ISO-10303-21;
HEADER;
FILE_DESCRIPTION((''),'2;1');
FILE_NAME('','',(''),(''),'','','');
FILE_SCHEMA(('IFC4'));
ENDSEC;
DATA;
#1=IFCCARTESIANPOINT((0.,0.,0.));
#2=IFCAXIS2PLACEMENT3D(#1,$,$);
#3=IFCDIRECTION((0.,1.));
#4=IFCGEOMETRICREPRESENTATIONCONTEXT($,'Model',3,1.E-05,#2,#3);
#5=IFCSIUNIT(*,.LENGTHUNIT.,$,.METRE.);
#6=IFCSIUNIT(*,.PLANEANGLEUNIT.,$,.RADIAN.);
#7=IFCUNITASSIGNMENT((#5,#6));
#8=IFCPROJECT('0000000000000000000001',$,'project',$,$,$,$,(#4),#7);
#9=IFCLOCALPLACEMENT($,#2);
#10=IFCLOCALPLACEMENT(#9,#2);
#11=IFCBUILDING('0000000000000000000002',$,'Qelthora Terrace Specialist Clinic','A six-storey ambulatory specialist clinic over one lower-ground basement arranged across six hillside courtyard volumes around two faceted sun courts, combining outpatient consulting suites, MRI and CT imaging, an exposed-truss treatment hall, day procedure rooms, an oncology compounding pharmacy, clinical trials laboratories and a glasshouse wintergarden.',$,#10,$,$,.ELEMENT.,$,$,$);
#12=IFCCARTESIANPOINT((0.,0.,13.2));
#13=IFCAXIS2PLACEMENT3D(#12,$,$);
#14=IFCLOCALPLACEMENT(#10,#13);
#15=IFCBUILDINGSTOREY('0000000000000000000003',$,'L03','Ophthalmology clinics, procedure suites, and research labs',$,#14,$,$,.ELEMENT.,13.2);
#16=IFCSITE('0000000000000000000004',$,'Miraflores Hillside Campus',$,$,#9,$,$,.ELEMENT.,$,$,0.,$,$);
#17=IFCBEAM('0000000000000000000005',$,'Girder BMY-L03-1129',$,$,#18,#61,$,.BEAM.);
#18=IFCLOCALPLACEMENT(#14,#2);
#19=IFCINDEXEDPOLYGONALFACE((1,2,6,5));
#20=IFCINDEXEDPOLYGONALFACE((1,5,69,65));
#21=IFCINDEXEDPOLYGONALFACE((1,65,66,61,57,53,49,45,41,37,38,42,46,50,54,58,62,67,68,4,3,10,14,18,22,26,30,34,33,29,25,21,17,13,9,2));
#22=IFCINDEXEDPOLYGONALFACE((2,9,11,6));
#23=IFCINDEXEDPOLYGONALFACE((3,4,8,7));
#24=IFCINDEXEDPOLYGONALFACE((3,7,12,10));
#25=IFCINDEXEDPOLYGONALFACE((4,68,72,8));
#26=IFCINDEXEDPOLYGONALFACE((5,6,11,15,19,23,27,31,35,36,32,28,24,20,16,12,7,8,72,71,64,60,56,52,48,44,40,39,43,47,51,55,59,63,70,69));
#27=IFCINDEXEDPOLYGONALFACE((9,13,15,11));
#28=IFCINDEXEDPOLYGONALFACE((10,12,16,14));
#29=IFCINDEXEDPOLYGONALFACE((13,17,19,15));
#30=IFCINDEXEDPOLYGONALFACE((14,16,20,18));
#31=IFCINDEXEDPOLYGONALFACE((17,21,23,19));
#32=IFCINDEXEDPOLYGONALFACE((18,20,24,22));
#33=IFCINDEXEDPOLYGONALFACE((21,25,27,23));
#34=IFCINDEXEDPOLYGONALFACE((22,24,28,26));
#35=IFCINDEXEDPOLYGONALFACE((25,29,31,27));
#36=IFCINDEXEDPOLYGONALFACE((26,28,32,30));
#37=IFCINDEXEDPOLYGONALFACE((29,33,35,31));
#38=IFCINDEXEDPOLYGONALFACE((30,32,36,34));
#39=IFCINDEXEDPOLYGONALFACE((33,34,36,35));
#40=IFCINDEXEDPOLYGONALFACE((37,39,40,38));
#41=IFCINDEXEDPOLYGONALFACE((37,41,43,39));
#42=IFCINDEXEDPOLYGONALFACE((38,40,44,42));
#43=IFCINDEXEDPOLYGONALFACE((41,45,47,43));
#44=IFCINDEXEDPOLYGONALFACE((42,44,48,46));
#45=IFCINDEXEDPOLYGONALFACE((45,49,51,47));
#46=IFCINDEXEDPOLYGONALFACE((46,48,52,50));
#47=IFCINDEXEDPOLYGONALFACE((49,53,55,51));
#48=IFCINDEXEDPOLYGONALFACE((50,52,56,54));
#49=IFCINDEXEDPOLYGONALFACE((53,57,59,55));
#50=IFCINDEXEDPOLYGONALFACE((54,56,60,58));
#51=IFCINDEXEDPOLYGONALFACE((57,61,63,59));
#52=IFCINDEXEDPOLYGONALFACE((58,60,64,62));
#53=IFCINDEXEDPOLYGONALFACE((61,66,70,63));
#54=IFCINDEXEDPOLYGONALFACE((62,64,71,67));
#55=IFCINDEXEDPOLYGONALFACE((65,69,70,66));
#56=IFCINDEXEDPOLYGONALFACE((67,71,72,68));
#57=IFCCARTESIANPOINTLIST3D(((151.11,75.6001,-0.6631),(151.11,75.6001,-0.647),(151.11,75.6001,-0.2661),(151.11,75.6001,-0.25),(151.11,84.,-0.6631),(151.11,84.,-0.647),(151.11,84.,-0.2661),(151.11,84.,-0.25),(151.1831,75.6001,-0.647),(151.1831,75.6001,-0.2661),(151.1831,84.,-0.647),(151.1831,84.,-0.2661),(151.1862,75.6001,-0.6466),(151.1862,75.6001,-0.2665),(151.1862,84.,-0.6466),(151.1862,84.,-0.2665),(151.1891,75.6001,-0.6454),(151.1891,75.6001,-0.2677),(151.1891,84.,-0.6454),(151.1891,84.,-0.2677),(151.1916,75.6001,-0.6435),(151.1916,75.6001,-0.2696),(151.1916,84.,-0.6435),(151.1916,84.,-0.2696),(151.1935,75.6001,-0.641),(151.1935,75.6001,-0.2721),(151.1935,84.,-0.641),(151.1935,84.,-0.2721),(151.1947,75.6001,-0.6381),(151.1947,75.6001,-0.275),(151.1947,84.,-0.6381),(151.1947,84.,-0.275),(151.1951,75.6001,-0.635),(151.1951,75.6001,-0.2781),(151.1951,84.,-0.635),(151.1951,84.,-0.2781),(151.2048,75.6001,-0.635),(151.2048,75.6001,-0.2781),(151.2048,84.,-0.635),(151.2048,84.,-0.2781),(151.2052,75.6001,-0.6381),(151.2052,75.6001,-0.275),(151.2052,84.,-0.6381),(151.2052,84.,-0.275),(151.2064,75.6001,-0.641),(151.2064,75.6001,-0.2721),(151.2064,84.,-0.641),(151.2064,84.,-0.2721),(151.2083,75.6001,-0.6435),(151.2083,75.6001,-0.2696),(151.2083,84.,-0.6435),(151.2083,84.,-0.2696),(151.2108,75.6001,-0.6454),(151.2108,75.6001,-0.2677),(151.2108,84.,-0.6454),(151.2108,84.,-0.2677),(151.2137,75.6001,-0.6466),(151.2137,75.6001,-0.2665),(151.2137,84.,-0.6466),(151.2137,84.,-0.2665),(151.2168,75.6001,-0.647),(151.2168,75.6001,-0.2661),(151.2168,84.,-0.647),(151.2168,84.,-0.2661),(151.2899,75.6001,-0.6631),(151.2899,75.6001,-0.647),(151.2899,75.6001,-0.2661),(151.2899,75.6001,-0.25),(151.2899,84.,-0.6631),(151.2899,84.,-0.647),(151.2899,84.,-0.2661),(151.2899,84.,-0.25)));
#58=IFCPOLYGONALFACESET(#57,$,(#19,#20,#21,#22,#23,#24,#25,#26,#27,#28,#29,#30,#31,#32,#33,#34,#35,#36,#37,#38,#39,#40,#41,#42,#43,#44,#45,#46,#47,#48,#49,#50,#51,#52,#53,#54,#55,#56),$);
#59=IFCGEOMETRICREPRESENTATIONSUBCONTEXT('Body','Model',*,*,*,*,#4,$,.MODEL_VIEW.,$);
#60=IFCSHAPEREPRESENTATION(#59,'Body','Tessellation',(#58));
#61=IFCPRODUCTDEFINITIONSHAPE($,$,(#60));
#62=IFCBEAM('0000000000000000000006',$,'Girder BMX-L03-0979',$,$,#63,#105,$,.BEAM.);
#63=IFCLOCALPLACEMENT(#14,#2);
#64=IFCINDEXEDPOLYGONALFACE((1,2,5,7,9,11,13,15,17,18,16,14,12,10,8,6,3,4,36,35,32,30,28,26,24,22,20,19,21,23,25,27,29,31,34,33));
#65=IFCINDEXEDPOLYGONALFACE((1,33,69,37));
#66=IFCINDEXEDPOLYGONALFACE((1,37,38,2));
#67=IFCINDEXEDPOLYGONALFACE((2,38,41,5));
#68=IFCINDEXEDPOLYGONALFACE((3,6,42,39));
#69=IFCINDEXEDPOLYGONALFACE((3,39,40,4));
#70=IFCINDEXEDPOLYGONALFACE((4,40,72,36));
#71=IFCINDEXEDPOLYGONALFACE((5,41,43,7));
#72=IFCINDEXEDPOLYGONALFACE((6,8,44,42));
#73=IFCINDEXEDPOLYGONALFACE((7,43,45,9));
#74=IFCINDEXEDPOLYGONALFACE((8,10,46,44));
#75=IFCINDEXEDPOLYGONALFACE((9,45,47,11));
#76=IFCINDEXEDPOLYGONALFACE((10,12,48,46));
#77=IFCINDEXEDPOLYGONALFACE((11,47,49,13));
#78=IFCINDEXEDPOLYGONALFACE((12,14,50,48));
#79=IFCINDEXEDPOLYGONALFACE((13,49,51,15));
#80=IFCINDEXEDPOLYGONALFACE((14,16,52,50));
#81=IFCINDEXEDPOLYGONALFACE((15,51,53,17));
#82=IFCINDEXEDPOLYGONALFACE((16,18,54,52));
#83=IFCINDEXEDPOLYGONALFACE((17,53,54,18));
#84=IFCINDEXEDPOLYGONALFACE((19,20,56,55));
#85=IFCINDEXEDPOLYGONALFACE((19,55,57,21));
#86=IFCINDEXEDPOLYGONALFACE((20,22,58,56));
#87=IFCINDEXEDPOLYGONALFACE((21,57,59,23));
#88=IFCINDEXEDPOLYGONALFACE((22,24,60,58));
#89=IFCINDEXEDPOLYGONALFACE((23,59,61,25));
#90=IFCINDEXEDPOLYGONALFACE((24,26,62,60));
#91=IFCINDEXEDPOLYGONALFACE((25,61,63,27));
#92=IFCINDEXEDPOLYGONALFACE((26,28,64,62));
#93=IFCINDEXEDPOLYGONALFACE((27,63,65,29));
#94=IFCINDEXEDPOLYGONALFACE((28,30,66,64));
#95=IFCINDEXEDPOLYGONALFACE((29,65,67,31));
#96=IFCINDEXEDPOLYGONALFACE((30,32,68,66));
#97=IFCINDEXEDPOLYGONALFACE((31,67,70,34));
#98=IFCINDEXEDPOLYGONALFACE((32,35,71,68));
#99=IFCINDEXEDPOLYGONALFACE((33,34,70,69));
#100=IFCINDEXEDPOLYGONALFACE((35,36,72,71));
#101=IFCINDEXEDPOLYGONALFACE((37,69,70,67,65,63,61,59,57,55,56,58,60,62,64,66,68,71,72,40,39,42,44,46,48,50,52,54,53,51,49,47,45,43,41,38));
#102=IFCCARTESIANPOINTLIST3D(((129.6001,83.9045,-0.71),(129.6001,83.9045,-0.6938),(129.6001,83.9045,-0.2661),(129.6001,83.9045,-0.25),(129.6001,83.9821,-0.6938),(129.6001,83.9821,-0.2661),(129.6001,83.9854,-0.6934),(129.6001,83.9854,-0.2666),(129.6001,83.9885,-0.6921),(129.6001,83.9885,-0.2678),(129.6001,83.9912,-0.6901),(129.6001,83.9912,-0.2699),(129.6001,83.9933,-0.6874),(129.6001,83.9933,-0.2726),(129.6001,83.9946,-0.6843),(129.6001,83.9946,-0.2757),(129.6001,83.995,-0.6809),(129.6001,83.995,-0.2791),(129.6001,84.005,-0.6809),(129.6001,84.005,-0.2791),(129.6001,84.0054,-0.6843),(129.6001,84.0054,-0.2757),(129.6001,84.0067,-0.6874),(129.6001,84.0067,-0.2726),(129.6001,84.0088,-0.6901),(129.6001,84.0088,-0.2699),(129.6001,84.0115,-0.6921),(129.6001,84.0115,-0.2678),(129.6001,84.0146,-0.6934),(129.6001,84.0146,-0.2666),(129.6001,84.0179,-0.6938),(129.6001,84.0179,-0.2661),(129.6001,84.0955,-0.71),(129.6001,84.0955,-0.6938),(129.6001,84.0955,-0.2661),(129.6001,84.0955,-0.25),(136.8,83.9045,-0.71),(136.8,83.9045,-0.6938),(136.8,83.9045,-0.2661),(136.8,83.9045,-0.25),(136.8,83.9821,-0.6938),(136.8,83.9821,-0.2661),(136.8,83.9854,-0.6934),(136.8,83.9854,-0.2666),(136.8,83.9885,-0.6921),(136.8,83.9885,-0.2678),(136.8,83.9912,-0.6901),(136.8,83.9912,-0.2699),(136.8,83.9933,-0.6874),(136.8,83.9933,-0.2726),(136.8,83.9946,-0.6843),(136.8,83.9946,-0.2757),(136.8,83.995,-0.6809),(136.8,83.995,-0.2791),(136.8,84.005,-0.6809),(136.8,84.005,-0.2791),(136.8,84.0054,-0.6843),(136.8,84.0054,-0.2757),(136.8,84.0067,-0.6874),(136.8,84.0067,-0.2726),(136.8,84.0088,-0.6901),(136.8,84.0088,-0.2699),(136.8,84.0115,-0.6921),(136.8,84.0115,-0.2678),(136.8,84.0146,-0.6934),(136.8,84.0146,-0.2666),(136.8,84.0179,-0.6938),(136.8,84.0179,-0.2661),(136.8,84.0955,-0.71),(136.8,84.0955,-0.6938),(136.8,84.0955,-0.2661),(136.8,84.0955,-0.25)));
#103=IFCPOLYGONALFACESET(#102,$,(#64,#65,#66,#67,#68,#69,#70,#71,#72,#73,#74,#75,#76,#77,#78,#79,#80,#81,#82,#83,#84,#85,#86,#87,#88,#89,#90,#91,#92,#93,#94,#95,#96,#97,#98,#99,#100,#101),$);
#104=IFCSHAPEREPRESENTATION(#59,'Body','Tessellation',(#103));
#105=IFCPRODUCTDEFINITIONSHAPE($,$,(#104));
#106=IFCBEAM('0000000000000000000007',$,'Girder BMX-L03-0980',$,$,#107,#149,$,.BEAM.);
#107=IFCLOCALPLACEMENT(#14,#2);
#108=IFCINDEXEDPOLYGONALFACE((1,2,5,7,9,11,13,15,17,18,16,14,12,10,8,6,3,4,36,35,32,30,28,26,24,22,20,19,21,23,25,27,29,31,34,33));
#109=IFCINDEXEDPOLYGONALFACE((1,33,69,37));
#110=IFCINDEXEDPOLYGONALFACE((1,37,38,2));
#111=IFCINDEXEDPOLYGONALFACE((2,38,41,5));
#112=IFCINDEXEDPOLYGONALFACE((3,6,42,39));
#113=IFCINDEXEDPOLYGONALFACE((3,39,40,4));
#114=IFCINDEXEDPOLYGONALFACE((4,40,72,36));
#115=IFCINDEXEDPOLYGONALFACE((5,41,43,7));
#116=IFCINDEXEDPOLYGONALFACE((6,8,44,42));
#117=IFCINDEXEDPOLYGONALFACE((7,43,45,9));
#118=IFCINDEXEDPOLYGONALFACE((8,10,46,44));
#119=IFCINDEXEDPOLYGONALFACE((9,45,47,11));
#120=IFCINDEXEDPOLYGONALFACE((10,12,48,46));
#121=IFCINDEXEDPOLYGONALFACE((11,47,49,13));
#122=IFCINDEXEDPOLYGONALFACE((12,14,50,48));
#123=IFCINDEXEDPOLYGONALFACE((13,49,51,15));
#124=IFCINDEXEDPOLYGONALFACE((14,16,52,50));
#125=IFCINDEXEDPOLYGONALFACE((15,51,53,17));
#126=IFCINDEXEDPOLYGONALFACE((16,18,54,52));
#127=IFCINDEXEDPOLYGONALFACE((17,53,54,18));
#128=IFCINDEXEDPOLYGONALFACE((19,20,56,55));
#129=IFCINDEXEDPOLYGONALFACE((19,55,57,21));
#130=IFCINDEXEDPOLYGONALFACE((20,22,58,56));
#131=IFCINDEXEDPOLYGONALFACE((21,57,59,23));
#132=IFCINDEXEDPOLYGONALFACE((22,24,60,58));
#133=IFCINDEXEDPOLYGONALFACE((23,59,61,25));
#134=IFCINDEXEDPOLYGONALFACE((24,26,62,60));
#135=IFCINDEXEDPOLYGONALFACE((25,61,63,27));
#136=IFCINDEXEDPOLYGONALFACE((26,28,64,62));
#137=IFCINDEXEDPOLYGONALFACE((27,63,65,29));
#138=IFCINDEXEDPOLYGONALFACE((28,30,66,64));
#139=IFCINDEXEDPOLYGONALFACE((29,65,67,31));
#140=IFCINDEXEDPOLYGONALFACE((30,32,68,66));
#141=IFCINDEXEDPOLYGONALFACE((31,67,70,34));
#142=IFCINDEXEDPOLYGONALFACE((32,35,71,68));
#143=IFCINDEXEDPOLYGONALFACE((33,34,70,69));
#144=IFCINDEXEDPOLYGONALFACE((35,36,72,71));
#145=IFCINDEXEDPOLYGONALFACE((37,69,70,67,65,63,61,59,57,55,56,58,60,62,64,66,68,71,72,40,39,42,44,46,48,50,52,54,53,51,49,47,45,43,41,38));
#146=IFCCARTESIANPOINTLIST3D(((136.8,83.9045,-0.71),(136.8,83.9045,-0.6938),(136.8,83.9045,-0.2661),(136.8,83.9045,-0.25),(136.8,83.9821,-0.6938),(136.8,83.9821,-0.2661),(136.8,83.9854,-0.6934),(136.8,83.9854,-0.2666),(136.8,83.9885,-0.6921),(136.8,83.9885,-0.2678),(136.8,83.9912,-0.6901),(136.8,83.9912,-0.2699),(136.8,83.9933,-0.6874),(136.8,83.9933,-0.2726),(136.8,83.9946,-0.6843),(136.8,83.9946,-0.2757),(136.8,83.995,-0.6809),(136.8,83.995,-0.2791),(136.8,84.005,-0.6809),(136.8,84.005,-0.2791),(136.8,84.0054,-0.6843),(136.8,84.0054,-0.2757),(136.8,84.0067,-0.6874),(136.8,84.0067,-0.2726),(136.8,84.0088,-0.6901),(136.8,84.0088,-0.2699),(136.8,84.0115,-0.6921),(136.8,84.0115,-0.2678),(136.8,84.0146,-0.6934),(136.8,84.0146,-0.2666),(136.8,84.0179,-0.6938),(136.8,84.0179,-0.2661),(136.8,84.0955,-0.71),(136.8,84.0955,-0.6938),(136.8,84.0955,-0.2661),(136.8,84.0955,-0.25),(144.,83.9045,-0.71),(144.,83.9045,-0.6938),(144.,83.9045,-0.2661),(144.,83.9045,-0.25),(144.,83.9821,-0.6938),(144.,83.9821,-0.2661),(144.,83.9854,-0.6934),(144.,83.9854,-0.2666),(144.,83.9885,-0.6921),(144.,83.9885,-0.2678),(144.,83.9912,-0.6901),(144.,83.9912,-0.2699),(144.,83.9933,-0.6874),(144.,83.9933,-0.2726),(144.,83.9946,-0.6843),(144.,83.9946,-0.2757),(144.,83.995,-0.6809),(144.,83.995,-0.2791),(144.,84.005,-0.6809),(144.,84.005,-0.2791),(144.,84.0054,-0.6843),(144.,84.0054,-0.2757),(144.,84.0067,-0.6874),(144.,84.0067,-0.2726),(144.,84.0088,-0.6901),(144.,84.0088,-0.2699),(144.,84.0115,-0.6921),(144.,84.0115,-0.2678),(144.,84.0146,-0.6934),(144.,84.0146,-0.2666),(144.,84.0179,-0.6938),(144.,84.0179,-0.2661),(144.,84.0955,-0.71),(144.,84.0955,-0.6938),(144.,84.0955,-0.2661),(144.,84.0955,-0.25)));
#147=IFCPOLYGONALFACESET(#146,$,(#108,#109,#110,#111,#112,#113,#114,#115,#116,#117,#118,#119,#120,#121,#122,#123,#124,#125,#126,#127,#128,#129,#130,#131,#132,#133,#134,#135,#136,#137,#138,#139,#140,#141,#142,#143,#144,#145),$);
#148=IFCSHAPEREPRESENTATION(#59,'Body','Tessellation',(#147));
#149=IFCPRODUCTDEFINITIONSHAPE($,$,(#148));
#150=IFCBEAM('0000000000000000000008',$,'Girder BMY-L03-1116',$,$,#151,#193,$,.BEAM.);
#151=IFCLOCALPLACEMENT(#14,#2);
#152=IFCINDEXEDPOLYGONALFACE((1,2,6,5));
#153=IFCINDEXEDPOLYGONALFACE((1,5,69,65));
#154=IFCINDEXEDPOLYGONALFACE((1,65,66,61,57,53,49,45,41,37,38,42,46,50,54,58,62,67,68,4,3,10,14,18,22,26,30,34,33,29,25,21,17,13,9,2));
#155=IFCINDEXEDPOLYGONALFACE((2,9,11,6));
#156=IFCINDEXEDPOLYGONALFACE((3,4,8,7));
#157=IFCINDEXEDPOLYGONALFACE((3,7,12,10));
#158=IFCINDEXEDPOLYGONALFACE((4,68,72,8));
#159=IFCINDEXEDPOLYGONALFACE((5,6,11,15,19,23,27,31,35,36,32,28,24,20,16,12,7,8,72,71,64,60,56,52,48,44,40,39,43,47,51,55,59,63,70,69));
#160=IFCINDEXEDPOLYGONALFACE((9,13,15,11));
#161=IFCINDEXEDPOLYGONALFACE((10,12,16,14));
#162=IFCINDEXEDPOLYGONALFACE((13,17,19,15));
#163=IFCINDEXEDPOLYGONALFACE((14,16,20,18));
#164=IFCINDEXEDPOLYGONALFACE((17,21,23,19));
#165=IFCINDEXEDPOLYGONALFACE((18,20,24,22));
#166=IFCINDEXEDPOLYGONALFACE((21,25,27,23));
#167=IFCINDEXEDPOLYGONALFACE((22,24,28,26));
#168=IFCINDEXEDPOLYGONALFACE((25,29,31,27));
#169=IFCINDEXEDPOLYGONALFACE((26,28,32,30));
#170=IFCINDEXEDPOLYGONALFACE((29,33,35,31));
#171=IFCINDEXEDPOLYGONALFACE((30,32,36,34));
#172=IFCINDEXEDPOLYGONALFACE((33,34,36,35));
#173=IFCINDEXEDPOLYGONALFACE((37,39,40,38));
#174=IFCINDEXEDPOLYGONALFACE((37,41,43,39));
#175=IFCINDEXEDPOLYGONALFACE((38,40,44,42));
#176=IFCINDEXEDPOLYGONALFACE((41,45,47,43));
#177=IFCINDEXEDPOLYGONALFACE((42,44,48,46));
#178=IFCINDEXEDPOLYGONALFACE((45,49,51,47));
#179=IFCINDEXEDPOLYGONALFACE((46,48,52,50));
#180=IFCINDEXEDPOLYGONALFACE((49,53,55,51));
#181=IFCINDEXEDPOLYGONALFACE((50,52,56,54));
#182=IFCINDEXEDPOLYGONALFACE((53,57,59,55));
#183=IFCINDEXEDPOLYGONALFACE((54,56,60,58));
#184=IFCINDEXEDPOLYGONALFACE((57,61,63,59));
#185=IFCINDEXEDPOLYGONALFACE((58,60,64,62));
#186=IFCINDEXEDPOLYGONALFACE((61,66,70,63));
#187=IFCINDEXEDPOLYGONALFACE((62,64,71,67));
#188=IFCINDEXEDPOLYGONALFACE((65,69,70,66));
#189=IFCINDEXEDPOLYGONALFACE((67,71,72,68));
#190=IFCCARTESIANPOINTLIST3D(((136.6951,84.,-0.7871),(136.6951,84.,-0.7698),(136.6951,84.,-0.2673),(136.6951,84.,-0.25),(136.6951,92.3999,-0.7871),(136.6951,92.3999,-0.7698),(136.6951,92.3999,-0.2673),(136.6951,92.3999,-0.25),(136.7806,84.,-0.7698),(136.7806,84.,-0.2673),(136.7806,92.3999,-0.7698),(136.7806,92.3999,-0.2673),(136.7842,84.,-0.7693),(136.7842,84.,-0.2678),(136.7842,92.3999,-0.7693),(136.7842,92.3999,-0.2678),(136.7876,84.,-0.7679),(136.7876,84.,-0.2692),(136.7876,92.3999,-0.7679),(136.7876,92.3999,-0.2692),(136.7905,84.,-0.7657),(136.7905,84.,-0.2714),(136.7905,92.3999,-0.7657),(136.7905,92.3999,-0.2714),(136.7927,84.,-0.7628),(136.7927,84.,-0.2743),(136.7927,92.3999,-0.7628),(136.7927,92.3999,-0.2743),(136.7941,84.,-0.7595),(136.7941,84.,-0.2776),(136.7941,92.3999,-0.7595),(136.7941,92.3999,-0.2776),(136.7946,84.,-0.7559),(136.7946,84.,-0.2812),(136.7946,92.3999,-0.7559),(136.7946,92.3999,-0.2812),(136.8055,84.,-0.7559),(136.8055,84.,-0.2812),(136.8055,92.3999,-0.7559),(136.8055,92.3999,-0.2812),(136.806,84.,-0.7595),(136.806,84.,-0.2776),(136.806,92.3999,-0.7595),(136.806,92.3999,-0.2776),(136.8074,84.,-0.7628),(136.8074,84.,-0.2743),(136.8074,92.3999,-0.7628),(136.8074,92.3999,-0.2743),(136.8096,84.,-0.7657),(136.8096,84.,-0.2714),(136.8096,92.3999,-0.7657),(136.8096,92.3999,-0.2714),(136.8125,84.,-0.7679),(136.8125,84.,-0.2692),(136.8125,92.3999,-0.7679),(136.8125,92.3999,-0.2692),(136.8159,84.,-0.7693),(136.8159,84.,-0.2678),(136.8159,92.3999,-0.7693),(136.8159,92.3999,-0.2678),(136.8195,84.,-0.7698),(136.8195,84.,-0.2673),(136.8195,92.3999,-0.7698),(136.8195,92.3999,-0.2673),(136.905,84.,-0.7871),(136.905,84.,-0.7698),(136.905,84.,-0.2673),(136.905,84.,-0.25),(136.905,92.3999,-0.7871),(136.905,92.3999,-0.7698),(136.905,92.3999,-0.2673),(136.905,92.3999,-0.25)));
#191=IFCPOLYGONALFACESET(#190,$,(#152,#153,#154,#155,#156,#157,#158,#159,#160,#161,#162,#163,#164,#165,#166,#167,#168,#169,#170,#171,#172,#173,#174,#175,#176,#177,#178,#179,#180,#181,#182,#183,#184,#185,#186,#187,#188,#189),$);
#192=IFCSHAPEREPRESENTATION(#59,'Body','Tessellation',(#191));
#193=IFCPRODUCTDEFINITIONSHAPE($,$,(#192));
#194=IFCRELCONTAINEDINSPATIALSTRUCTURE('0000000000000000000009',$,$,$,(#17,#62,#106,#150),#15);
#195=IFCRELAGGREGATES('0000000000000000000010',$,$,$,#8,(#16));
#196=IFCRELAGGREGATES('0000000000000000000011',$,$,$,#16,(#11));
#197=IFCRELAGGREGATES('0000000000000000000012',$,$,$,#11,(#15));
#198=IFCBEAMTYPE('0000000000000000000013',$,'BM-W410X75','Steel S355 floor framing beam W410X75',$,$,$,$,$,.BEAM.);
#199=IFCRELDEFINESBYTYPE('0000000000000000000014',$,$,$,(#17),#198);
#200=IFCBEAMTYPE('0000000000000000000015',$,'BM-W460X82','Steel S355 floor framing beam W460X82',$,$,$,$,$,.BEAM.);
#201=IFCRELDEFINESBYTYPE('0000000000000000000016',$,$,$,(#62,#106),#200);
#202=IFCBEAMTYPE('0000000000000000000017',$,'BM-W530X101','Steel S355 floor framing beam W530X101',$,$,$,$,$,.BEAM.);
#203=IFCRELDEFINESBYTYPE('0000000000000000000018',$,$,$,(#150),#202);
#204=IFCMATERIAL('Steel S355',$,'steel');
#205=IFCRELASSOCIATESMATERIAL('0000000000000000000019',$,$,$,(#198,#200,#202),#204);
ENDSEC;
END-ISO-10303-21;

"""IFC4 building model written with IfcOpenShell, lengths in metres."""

from ifc_helpers import new_model, si_unit, direction, frame, origin, origin_2d, place, context, subcontext, project, spatial, i_section, extrude, material, material_profile, profile_set, type_object, element, save


model = new_model("IFC4")

# Units and contexts
model_context = context("Model", 3, precision=1e-05, world=origin(), true_north=direction((0.0, 1.0)))
body_context = subcontext(model_context, "Body", "Model", "MODEL_VIEW")
ifc_project = project(units=[si_unit("LENGTHUNIT", "METRE"), si_unit("PLANEANGLEUNIT", "RADIAN")], contexts=[model_context])

# Site, building, storey
site_placement = place(None, origin())
site = spatial("IfcSite", under=ifc_project, at=site_placement, Name="Miraflores Hillside Campus", CompositionType="ELEMENT", RefElevation=0.0)
building_placement = place(site_placement, origin())
building = spatial("IfcBuilding", under=site, at=building_placement, Name="Qelthora Terrace Specialist Clinic", Description="A six-storey ambulatory specialist clinic over one lower-ground basement arranged across six hillside courtyard volumes around two faceted sun courts, combining outpatient consulting suites, MRI and CT imaging, an exposed-truss treatment hall, day procedure rooms, an oncology compounding pharmacy, clinical trials laboratories and a glasshouse wintergarden.", CompositionType="ELEMENT")
storey_placement = place(building_placement, frame((0.0, 0.0, 13.2)))
storey = spatial("IfcBuildingStorey", under=building, at=storey_placement, Name="L03", Description="Ophthalmology clinics, procedure suites, and research labs", CompositionType="ELEMENT", Elevation=13.2)

# Beams
ifc_material_1 = material(Name="Steel S355", Category="steel")
ifc_material_profile_1 = material_profile(ifc_material_1, i_section(OverallWidth=0.1799, OverallDepth=0.4131, WebThickness=0.0098, FlangeThickness=0.0161, FilletRadius=0.012, at=origin_2d()), Name="W410X75")
ifc_profile_set_1 = profile_set([ifc_material_profile_1], Name="Steel S355")
beam_type_1 = type_object("IfcBeamType", Name="BM-W410X75", Description="Steel S355 floor framing beam W410X75", PredefinedType="BEAM", material=ifc_profile_set_1)
beam_1_placement = place(storey_placement, frame((151.2, 75.6001, -0.4565), z_axis=(0.0, 1.0, 0.0), x_axis=(-1.0, 0.0, 0.0)))
element("IfcBeam", 1, at=beam_1_placement, inside=storey, type_object=beam_type_1, Name="Girder BMY-L03-1129", PredefinedType="BEAM", context=body_context, shape_type="SweptSolid", body=[
    extrude(i_section(OverallWidth=0.1799, OverallDepth=0.4131, WebThickness=0.0098, FlangeThickness=0.0161, FilletRadius=0.012, at=origin_2d()), origin(), (0.0, 0.0, 1.0), 8.3999),
])
ifc_material_profile_2 = material_profile(ifc_material_1, i_section(OverallWidth=0.1909, OverallDepth=0.46, WebThickness=0.01, FlangeThickness=0.0161, FilletRadius=0.0129, at=origin_2d()), Name="W460X82")
ifc_profile_set_2 = profile_set([ifc_material_profile_2], Name="Steel S355")
beam_type_2 = type_object("IfcBeamType", Name="BM-W460X82", Description="Steel S355 floor framing beam W460X82", PredefinedType="BEAM", material=ifc_profile_set_2)
for number, where, z_axis, x_axis, name in (
    (2, (129.6001, 84.0, -0.48), (1.0, 0.0, 0.0), (0.0, 1.0, 0.0), "Girder BMX-L03-0979"),
    (3, (136.8, 84.0, -0.48), (1.0, 0.0, 0.0), (0.0, 1.0, 0.0), "Girder BMX-L03-0980"),
):
    element("IfcBeam", number, at=place(storey_placement, frame(where, z_axis=z_axis, x_axis=x_axis)), inside=storey, type_object=beam_type_2, Name=name, PredefinedType="BEAM", context=body_context, shape_type="SweptSolid", body=[
        extrude(i_section(OverallWidth=0.1909, OverallDepth=0.46, WebThickness=0.01, FlangeThickness=0.0161, FilletRadius=0.0129, at=origin_2d()), origin(), (0.0, 0.0, 1.0), 7.2),
    ])
ifc_material_profile_3 = material_profile(ifc_material_1, i_section(OverallWidth=0.21, OverallDepth=0.5371, WebThickness=0.011, FlangeThickness=0.0173, FilletRadius=0.0139, at=origin_2d()), Name="W530X101")
ifc_profile_set_3 = profile_set([ifc_material_profile_3], Name="Steel S355")
beam_type_3 = type_object("IfcBeamType", Name="BM-W530X101", Description="Steel S355 floor framing beam W530X101", PredefinedType="BEAM", material=ifc_profile_set_3)
beam_2_placement = place(storey_placement, frame((136.8, 84.0, -0.5186), z_axis=(0.0, 1.0, 0.0), x_axis=(-1.0, 0.0, 0.0)))
element("IfcBeam", 4, at=beam_2_placement, inside=storey, type_object=beam_type_3, Name="Girder BMY-L03-1116", PredefinedType="BEAM", context=body_context, shape_type="SweptSolid", body=[
    extrude(i_section(OverallWidth=0.21, OverallDepth=0.5371, WebThickness=0.011, FlangeThickness=0.0173, FilletRadius=0.0139, at=origin_2d()), origin(), (0.0, 0.0, 1.0), 8.3999),
])

save(model, "model.ifc")
